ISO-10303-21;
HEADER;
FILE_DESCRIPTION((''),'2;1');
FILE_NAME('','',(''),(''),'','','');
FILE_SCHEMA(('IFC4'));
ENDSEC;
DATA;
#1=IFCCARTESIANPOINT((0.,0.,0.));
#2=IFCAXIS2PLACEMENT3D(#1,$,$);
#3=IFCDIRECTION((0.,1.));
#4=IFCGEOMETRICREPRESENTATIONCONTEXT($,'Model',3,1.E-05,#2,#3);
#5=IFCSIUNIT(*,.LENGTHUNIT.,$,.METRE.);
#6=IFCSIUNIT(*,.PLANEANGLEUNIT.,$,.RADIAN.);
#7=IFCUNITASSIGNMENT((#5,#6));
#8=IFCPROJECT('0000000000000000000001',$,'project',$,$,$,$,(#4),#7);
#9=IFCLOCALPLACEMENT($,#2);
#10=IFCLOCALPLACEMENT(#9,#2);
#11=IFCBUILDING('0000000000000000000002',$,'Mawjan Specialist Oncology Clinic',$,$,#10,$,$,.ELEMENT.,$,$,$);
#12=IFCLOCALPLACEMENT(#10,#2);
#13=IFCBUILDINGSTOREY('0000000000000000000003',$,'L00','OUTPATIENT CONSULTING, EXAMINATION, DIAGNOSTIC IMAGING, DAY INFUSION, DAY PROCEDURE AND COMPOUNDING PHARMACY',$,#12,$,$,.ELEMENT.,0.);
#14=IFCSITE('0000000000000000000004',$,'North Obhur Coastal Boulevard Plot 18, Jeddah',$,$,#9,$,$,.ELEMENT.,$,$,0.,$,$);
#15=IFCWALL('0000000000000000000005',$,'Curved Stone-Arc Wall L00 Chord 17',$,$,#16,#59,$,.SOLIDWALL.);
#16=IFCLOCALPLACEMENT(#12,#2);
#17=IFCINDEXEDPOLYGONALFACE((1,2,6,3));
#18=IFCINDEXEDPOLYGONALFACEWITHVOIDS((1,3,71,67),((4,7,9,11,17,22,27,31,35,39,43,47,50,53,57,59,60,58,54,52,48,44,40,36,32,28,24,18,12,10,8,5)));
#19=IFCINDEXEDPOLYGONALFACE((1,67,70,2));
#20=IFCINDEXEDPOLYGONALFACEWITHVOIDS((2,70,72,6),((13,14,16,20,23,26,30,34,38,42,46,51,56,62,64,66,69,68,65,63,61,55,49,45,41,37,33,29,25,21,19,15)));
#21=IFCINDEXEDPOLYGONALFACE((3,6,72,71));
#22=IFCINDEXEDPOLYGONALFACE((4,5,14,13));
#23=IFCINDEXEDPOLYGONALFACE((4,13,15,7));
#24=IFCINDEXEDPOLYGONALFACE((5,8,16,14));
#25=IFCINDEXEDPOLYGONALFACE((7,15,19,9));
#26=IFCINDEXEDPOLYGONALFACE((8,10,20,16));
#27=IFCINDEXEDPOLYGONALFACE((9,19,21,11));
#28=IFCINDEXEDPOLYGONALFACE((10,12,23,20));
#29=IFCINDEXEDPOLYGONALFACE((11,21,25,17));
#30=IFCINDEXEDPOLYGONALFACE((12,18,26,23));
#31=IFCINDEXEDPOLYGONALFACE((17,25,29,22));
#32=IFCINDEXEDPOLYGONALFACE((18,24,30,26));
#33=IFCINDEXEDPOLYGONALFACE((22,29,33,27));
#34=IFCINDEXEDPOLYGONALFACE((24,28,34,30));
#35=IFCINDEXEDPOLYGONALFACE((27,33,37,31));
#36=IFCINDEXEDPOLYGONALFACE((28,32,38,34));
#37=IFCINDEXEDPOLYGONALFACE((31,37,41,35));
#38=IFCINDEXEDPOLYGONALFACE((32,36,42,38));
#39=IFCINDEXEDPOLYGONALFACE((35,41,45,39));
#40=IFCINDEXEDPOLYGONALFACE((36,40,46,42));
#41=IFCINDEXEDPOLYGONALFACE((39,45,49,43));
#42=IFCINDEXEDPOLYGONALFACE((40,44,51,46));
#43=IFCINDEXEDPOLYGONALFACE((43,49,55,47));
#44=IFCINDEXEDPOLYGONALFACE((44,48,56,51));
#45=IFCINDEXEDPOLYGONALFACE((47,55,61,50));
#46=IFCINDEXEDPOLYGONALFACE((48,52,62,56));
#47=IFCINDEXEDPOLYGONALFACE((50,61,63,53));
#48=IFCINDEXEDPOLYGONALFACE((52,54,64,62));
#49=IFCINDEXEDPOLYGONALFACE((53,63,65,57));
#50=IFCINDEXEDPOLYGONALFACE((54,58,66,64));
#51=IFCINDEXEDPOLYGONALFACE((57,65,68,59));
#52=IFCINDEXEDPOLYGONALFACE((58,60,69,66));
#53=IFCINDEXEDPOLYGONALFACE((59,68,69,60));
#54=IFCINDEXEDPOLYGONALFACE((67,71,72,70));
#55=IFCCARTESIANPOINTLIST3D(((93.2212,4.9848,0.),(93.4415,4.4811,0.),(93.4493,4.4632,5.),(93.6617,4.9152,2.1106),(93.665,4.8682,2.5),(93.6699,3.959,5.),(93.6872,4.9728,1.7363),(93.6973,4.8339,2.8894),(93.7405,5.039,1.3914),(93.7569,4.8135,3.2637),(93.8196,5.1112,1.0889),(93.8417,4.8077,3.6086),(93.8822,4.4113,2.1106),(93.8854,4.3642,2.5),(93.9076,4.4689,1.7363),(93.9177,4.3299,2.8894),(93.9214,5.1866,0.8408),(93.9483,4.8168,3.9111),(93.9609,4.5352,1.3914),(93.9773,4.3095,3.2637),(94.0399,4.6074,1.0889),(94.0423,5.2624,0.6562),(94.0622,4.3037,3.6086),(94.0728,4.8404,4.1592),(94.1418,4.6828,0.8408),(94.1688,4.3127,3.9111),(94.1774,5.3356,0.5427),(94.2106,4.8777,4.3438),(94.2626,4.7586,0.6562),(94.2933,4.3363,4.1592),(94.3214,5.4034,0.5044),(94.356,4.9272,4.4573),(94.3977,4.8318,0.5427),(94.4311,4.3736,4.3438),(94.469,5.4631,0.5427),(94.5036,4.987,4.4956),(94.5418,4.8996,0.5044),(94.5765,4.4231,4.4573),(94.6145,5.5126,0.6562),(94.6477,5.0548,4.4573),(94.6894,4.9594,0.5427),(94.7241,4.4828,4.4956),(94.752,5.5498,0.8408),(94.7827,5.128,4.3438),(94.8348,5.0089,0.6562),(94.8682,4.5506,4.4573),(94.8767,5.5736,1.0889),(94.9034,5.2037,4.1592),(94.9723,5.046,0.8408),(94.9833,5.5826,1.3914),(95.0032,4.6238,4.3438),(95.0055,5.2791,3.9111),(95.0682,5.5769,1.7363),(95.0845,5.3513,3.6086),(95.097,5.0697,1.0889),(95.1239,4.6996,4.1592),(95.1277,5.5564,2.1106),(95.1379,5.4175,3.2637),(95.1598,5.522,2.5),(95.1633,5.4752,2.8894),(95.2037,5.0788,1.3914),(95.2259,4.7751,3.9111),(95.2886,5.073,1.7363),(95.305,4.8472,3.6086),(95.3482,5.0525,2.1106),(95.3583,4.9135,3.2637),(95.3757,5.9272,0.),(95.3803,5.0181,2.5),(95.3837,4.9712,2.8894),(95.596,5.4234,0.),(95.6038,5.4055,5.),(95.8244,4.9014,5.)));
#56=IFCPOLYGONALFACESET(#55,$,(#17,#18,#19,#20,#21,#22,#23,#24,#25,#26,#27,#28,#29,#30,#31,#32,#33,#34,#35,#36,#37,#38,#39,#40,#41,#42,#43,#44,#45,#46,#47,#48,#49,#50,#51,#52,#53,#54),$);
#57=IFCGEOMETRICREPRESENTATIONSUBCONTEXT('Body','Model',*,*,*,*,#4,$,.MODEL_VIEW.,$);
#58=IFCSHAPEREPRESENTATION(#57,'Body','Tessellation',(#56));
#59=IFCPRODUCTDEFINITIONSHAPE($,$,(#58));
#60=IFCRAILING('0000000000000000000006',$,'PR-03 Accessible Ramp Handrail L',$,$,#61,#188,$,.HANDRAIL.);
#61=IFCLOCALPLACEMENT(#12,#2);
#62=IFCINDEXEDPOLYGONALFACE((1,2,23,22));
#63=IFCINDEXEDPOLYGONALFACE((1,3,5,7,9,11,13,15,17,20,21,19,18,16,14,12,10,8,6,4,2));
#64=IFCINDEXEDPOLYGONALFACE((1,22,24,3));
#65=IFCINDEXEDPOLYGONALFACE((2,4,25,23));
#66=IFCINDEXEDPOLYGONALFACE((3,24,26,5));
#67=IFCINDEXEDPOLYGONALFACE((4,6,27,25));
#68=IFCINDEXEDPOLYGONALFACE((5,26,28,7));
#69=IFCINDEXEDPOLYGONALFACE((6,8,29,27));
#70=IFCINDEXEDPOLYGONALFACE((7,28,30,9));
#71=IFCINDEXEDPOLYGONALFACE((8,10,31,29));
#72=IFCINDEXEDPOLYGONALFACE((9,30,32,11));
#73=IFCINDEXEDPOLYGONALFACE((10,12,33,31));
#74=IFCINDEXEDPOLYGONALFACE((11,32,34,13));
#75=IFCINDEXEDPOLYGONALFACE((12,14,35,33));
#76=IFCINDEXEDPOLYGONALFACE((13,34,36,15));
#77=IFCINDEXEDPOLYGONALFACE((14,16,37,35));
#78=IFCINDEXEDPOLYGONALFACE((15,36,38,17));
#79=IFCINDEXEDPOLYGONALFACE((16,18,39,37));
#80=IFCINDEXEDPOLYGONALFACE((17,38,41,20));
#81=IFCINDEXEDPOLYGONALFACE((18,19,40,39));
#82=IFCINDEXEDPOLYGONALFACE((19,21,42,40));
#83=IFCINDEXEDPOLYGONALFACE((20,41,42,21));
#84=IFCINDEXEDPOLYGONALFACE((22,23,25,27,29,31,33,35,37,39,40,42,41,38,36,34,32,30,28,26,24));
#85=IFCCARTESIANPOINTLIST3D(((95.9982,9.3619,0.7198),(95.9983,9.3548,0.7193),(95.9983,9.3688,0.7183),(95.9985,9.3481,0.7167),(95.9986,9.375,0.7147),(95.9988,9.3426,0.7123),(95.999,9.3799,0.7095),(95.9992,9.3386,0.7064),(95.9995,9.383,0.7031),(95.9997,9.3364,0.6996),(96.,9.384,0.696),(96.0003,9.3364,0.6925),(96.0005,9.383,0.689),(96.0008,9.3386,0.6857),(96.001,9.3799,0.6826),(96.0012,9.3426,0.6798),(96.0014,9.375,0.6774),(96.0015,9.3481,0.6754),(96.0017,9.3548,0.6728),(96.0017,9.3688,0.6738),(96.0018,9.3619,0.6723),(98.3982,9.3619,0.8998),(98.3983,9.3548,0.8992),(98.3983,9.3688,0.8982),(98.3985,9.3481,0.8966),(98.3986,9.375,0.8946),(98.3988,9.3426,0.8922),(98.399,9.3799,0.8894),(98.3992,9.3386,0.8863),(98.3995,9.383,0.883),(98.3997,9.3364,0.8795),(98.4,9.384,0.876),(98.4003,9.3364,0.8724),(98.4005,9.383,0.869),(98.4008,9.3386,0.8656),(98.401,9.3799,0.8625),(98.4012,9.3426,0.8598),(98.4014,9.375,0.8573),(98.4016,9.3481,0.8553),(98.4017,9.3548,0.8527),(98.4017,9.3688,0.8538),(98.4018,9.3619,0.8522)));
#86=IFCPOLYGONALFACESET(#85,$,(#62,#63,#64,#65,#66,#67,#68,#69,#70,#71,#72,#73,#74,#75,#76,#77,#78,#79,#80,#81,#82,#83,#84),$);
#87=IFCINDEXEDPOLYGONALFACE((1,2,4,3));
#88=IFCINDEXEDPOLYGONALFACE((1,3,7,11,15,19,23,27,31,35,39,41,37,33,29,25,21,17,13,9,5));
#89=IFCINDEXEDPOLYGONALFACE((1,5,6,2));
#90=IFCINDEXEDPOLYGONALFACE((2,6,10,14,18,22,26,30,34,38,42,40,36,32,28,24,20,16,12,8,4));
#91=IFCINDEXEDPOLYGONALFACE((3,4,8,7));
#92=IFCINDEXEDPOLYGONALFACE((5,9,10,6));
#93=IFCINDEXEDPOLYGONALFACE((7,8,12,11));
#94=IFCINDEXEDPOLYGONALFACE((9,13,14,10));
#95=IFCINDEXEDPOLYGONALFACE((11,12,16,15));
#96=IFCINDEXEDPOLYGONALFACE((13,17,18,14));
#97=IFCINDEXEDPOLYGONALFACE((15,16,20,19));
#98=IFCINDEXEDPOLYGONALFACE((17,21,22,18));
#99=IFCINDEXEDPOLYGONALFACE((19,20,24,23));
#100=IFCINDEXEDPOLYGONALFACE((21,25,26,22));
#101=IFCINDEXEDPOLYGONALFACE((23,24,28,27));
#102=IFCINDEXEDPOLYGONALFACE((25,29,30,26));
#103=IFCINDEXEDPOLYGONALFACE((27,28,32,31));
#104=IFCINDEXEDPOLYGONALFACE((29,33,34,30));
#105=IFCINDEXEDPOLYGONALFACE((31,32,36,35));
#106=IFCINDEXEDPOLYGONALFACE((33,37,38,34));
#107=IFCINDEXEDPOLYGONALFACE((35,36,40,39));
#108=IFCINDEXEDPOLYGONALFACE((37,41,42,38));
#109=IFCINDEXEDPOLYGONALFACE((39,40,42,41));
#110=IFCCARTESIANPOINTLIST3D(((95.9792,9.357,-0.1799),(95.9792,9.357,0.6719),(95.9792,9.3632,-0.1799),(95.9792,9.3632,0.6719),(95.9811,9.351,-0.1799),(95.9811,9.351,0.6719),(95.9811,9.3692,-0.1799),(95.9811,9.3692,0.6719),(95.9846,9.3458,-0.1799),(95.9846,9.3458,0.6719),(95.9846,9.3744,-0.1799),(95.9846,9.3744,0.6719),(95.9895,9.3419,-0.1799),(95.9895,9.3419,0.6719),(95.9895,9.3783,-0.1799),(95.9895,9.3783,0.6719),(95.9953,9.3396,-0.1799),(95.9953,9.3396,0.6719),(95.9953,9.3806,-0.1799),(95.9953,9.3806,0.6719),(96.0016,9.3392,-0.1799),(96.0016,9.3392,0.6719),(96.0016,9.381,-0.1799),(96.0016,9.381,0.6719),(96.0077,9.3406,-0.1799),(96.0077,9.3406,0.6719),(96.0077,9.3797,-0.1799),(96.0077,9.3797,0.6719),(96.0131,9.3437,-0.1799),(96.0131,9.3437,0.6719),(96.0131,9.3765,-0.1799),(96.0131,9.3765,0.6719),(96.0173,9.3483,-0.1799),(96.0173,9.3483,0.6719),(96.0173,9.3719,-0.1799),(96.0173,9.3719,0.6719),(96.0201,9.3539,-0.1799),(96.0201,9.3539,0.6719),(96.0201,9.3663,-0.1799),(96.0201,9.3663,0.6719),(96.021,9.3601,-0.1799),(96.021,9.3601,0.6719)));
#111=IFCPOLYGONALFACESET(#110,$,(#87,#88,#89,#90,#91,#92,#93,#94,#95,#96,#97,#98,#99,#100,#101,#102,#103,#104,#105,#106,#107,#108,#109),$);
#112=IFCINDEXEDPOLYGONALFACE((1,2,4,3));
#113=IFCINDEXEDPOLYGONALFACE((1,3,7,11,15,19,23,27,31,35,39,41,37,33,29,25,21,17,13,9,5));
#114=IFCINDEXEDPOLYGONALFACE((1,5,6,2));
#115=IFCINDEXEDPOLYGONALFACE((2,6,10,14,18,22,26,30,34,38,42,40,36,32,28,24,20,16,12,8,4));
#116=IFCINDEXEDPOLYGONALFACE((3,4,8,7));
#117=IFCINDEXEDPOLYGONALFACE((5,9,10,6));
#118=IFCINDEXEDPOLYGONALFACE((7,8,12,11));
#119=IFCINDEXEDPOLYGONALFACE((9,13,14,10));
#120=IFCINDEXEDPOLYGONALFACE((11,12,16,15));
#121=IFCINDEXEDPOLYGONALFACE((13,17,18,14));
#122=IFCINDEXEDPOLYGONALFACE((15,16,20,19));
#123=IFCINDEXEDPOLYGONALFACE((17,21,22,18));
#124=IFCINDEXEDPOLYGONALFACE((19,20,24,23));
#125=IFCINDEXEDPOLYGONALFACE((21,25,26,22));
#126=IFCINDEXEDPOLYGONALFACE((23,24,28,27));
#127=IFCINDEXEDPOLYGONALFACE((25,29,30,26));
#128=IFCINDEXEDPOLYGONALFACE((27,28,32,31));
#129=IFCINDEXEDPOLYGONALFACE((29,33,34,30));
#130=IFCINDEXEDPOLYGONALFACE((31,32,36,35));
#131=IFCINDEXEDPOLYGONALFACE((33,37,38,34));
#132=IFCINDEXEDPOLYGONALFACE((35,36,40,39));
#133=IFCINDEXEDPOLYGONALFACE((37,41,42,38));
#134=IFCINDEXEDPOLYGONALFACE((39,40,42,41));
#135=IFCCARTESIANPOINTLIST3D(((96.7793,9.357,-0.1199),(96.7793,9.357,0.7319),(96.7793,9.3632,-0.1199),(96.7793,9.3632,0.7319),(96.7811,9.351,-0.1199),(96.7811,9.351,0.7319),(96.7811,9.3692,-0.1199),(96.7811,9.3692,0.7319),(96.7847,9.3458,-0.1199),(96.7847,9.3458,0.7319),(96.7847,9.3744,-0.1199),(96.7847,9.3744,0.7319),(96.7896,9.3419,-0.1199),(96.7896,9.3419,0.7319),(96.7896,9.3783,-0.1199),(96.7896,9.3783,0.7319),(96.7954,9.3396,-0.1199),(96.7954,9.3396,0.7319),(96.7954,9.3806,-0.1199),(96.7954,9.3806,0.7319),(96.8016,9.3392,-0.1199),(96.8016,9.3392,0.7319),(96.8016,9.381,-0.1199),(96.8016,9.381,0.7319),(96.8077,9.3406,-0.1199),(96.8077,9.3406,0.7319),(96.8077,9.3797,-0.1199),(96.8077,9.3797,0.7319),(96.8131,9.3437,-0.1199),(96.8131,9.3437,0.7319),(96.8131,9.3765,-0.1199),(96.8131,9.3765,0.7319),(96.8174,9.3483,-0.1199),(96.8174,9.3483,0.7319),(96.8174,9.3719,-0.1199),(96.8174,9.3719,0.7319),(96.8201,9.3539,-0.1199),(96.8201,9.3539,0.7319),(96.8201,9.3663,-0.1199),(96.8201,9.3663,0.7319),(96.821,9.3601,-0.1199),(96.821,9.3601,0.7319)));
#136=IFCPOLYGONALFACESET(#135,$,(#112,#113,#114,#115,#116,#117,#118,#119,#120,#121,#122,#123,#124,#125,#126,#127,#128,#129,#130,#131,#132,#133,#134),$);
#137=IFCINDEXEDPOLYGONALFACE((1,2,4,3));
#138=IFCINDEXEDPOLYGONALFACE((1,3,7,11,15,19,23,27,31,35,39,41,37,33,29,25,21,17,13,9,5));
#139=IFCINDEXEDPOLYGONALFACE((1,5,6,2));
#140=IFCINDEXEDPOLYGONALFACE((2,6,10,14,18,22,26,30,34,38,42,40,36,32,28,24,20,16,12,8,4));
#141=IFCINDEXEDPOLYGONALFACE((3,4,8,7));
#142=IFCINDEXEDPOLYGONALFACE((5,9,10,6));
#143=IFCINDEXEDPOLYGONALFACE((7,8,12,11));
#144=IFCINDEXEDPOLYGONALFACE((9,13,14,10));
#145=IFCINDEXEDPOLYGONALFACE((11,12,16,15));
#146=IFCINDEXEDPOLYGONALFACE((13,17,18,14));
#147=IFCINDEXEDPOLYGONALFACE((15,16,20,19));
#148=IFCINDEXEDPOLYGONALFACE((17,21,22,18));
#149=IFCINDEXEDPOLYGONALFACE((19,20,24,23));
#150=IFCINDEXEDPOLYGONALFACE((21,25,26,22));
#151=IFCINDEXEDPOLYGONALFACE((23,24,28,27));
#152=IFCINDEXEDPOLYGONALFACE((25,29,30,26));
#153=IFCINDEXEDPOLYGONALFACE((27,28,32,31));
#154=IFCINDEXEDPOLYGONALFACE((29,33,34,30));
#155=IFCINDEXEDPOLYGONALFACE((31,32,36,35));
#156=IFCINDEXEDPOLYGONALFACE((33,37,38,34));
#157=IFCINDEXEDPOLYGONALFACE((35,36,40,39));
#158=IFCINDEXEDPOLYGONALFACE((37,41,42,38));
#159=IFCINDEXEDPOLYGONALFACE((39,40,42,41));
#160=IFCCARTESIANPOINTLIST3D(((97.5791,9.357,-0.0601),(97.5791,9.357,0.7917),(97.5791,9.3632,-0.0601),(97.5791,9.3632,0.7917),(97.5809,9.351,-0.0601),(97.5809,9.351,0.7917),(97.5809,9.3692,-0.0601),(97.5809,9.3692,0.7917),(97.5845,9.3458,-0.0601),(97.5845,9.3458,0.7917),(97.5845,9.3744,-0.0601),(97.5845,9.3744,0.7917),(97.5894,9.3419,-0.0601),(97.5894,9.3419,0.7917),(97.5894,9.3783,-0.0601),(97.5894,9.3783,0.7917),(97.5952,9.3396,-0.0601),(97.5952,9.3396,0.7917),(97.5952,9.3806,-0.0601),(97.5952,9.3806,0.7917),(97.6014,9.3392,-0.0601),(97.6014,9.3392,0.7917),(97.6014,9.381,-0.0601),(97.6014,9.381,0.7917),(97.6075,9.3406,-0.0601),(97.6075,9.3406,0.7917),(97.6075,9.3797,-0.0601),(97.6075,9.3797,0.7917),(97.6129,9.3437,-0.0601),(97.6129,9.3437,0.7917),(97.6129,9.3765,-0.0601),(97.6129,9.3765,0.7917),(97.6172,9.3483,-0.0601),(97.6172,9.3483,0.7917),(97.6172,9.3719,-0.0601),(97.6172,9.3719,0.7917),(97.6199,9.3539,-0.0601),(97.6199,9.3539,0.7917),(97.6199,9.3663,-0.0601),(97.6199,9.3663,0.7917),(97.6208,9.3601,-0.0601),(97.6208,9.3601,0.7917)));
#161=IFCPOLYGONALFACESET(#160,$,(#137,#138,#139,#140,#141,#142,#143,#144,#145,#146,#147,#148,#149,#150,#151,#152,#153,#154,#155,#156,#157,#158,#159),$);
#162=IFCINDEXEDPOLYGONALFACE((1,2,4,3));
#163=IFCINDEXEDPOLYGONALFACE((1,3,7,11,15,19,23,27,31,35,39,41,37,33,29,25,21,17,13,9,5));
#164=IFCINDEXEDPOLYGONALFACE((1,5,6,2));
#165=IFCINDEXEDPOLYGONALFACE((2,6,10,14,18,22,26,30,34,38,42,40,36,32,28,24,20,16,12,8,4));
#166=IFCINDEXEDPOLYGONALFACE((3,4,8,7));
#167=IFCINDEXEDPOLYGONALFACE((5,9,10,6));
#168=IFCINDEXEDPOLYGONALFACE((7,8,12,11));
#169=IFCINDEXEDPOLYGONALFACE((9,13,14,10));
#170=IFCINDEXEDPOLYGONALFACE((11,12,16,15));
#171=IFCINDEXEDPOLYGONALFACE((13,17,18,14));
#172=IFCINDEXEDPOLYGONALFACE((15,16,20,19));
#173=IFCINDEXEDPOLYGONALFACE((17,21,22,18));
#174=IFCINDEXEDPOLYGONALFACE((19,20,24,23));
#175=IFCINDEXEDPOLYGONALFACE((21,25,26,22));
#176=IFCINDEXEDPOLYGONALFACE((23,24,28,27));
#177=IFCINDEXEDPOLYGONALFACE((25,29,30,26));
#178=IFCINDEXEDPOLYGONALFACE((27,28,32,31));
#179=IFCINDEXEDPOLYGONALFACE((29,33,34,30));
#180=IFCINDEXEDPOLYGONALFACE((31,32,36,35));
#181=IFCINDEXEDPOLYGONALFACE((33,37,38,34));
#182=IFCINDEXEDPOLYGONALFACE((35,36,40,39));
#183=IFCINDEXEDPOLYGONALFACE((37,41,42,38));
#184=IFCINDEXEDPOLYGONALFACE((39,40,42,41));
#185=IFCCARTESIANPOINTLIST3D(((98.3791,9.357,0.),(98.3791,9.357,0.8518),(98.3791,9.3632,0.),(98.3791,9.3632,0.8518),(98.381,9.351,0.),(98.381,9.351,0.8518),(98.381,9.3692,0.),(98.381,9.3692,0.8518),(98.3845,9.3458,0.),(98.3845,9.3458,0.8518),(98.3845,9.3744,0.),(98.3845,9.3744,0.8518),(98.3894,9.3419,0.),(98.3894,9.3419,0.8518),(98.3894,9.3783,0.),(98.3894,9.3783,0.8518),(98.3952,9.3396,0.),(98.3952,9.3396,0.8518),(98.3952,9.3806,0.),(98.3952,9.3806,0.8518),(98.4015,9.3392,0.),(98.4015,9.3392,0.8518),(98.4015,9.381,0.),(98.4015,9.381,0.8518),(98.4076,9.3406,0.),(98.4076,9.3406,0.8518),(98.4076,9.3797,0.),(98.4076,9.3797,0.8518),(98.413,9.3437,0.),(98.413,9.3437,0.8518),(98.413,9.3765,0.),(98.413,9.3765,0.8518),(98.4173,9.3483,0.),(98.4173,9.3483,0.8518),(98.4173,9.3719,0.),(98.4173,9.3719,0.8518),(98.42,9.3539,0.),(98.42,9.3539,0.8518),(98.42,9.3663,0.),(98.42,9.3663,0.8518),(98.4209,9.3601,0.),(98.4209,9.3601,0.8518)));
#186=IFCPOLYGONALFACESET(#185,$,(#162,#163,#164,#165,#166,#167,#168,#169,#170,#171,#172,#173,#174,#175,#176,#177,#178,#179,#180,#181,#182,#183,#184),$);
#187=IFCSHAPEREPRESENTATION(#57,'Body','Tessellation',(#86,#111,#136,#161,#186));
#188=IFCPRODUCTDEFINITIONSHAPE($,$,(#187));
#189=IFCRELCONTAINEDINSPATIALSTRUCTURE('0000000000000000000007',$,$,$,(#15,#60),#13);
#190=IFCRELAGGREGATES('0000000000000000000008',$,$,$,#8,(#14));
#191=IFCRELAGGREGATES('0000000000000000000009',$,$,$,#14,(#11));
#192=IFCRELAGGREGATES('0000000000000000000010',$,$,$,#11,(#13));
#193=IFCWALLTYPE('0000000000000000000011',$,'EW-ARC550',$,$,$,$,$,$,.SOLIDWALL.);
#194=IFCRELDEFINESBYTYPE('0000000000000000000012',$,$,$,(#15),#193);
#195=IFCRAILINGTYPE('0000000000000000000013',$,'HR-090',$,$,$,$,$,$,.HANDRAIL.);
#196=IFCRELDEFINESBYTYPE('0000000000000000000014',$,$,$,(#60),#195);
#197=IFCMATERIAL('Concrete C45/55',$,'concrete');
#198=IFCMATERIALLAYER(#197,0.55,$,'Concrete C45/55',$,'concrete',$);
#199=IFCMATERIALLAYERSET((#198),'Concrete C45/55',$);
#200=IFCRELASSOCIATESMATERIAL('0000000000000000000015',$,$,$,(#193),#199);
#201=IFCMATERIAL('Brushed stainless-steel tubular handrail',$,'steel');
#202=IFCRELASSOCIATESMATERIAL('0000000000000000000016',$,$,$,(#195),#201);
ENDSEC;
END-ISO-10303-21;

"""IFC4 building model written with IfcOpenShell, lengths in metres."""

from ifc_helpers import new_model, si_unit, direction, frame, origin, origin_2d, place, context, subcontext, project, spatial, polyline, circle, outline, extrude, material, layer, layer_set, type_object, element, save


model = new_model("IFC4")

# Units and contexts
model_context = context("Model", 3, precision=1e-05, world=origin(), true_north=direction((0.0, 1.0)))
body_context = subcontext(model_context, "Body", "Model", "MODEL_VIEW")
ifc_project = project(units=[si_unit("LENGTHUNIT", "METRE"), si_unit("PLANEANGLEUNIT", "RADIAN")], contexts=[model_context])

# Site, building, storey
site_placement = place(None, origin())
site = spatial("IfcSite", under=ifc_project, at=site_placement, Name="North Obhur Coastal Boulevard Plot 18, Jeddah", CompositionType="ELEMENT", RefElevation=0.0)
building_placement = place(site_placement, origin())
building = spatial("IfcBuilding", under=site, at=building_placement, Name="Mawjan Specialist Oncology Clinic", CompositionType="ELEMENT")
storey_placement = place(building_placement, origin())
storey = spatial("IfcBuildingStorey", under=building, at=storey_placement, Name="L00", Description="OUTPATIENT CONSULTING, EXAMINATION, DIAGNOSTIC IMAGING, DAY INFUSION, DAY PROCEDURE AND COMPOUNDING PHARMACY", CompositionType="ELEMENT", Elevation=0.0)

# Shared definitions
ifc_material_1 = material(Name="Concrete C45/55", Category="concrete")
ifc_layer_1 = layer(ifc_material_1, 0.55, Name="Concrete C45/55", Category="concrete")
ifc_layer_set_1 = layer_set([ifc_layer_1], Name="Concrete C45/55")
wall_type = type_object("IfcWallType", Name="EW-ARC550", PredefinedType="SOLIDWALL", material=ifc_layer_set_1)

# Wall, opening
wall_1_placement = place(storey_placement, frame((95.4858, 5.6753, 0.0), z_axis=(0.0, 0.0, 1.0), x_axis=(-0.916193, -0.400737, 0.0)))
wall_1 = element("IfcWall", 1, at=wall_1_placement, inside=storey, type_object=wall_type, Name="Curved Stone-Arc Wall L00 Chord 17", PredefinedType="SOLIDWALL", context=body_context, shape_type="SweptSolid", body=[
    extrude(outline(polyline([(-0.2749, 0.0), (0.2749, 0.0), (0.8447, 5.0), (0.2944, 5.0), (-0.2749, 0.0)])), frame((0.0, 0.0, 0.0), z_axis=(1.0, 0.0, 0.0), x_axis=(0.0, 1.0, 0.0)), (0.0, 0.0, 1.0), 2.3516),
])
opening_1_placement = place(wall_1_placement, origin())
element("IfcOpeningElement", 2, at=opening_1_placement, cuts=wall_1, PredefinedType="OPENING", context=body_context, shape_type="SweptSolid", body=[
    extrude(outline(polyline([(1.9917, 2.5), (1.9758, 2.8894), (1.9294, 3.2637), (1.854, 3.6086), (1.7527, 3.9111), (1.6292, 4.1592), (1.488, 4.3438), (1.335, 4.4573), (1.1758, 4.4956), (1.0166, 4.4573), (0.8635, 4.3438), (0.7227, 4.1592), (0.5989, 3.9111), (0.4976, 3.6086), (0.4221, 3.2637), (0.3757, 2.8894), (0.3601, 2.5), (0.3757, 2.1106), (0.4221, 1.7363), (0.4976, 1.3914), (0.5989, 1.0889), (0.7227, 0.8408), (0.8635, 0.6562), (1.0166, 0.5427), (1.1758, 0.5044), (1.335, 0.5427), (1.488, 0.6562), (1.6292, 0.8408), (1.7527, 1.0889), (1.854, 1.3914), (1.9294, 1.7363), (1.9758, 2.1106), (1.9917, 2.5)])), frame((0.0, 0.8645, 0.0), z_axis=(0.0, -1.0, 0.0), x_axis=(1.0, 0.0, 0.0)), (0.0, 0.0, 1.0), 1.1597),
])

# Railing
ifc_material_2 = material(Name="Brushed stainless-steel tubular handrail", Category="steel")
railing_type = type_object("IfcRailingType", Name="HR-090", PredefinedType="HANDRAIL", material=ifc_material_2)
for number, where, name in (
    (3, (96.0, 9.3601, -0.1799), "PR-03 Accessible Ramp Handrail L"),
):
    element("IfcRailing", number, at=place(storey_placement, frame(where)), inside=storey, type_object=railing_type, Name=name, PredefinedType="HANDRAIL", context=body_context, shape_type="SweptSolid", body=[
        extrude(circle(Radius=0.0239, at=origin_2d()), frame((0.0, 0.0, 0.876), z_axis=(0.997201, 0.0, 0.074765), x_axis=(0.0, 1.0, 0.0)), (0.0, 0.0, 1.0), 2.4067),
        extrude(circle(Radius=0.021, at=origin_2d()), origin(), (0.0, 0.0, 1.0), 0.8518),
        extrude(circle(Radius=0.021, at=origin_2d()), frame((0.8, 0.0, 0.0601)), (0.0, 0.0, 1.0), 0.8518),
        extrude(circle(Radius=0.021, at=origin_2d()), frame((1.5999, 0.0, 0.1199)), (0.0, 0.0, 1.0), 0.8518),
        extrude(circle(Radius=0.021, at=origin_2d()), frame((2.3999, 0.0, 0.1799)), (0.0, 0.0, 1.0), 0.8518),
    ])

save(model, "model.ifc")
